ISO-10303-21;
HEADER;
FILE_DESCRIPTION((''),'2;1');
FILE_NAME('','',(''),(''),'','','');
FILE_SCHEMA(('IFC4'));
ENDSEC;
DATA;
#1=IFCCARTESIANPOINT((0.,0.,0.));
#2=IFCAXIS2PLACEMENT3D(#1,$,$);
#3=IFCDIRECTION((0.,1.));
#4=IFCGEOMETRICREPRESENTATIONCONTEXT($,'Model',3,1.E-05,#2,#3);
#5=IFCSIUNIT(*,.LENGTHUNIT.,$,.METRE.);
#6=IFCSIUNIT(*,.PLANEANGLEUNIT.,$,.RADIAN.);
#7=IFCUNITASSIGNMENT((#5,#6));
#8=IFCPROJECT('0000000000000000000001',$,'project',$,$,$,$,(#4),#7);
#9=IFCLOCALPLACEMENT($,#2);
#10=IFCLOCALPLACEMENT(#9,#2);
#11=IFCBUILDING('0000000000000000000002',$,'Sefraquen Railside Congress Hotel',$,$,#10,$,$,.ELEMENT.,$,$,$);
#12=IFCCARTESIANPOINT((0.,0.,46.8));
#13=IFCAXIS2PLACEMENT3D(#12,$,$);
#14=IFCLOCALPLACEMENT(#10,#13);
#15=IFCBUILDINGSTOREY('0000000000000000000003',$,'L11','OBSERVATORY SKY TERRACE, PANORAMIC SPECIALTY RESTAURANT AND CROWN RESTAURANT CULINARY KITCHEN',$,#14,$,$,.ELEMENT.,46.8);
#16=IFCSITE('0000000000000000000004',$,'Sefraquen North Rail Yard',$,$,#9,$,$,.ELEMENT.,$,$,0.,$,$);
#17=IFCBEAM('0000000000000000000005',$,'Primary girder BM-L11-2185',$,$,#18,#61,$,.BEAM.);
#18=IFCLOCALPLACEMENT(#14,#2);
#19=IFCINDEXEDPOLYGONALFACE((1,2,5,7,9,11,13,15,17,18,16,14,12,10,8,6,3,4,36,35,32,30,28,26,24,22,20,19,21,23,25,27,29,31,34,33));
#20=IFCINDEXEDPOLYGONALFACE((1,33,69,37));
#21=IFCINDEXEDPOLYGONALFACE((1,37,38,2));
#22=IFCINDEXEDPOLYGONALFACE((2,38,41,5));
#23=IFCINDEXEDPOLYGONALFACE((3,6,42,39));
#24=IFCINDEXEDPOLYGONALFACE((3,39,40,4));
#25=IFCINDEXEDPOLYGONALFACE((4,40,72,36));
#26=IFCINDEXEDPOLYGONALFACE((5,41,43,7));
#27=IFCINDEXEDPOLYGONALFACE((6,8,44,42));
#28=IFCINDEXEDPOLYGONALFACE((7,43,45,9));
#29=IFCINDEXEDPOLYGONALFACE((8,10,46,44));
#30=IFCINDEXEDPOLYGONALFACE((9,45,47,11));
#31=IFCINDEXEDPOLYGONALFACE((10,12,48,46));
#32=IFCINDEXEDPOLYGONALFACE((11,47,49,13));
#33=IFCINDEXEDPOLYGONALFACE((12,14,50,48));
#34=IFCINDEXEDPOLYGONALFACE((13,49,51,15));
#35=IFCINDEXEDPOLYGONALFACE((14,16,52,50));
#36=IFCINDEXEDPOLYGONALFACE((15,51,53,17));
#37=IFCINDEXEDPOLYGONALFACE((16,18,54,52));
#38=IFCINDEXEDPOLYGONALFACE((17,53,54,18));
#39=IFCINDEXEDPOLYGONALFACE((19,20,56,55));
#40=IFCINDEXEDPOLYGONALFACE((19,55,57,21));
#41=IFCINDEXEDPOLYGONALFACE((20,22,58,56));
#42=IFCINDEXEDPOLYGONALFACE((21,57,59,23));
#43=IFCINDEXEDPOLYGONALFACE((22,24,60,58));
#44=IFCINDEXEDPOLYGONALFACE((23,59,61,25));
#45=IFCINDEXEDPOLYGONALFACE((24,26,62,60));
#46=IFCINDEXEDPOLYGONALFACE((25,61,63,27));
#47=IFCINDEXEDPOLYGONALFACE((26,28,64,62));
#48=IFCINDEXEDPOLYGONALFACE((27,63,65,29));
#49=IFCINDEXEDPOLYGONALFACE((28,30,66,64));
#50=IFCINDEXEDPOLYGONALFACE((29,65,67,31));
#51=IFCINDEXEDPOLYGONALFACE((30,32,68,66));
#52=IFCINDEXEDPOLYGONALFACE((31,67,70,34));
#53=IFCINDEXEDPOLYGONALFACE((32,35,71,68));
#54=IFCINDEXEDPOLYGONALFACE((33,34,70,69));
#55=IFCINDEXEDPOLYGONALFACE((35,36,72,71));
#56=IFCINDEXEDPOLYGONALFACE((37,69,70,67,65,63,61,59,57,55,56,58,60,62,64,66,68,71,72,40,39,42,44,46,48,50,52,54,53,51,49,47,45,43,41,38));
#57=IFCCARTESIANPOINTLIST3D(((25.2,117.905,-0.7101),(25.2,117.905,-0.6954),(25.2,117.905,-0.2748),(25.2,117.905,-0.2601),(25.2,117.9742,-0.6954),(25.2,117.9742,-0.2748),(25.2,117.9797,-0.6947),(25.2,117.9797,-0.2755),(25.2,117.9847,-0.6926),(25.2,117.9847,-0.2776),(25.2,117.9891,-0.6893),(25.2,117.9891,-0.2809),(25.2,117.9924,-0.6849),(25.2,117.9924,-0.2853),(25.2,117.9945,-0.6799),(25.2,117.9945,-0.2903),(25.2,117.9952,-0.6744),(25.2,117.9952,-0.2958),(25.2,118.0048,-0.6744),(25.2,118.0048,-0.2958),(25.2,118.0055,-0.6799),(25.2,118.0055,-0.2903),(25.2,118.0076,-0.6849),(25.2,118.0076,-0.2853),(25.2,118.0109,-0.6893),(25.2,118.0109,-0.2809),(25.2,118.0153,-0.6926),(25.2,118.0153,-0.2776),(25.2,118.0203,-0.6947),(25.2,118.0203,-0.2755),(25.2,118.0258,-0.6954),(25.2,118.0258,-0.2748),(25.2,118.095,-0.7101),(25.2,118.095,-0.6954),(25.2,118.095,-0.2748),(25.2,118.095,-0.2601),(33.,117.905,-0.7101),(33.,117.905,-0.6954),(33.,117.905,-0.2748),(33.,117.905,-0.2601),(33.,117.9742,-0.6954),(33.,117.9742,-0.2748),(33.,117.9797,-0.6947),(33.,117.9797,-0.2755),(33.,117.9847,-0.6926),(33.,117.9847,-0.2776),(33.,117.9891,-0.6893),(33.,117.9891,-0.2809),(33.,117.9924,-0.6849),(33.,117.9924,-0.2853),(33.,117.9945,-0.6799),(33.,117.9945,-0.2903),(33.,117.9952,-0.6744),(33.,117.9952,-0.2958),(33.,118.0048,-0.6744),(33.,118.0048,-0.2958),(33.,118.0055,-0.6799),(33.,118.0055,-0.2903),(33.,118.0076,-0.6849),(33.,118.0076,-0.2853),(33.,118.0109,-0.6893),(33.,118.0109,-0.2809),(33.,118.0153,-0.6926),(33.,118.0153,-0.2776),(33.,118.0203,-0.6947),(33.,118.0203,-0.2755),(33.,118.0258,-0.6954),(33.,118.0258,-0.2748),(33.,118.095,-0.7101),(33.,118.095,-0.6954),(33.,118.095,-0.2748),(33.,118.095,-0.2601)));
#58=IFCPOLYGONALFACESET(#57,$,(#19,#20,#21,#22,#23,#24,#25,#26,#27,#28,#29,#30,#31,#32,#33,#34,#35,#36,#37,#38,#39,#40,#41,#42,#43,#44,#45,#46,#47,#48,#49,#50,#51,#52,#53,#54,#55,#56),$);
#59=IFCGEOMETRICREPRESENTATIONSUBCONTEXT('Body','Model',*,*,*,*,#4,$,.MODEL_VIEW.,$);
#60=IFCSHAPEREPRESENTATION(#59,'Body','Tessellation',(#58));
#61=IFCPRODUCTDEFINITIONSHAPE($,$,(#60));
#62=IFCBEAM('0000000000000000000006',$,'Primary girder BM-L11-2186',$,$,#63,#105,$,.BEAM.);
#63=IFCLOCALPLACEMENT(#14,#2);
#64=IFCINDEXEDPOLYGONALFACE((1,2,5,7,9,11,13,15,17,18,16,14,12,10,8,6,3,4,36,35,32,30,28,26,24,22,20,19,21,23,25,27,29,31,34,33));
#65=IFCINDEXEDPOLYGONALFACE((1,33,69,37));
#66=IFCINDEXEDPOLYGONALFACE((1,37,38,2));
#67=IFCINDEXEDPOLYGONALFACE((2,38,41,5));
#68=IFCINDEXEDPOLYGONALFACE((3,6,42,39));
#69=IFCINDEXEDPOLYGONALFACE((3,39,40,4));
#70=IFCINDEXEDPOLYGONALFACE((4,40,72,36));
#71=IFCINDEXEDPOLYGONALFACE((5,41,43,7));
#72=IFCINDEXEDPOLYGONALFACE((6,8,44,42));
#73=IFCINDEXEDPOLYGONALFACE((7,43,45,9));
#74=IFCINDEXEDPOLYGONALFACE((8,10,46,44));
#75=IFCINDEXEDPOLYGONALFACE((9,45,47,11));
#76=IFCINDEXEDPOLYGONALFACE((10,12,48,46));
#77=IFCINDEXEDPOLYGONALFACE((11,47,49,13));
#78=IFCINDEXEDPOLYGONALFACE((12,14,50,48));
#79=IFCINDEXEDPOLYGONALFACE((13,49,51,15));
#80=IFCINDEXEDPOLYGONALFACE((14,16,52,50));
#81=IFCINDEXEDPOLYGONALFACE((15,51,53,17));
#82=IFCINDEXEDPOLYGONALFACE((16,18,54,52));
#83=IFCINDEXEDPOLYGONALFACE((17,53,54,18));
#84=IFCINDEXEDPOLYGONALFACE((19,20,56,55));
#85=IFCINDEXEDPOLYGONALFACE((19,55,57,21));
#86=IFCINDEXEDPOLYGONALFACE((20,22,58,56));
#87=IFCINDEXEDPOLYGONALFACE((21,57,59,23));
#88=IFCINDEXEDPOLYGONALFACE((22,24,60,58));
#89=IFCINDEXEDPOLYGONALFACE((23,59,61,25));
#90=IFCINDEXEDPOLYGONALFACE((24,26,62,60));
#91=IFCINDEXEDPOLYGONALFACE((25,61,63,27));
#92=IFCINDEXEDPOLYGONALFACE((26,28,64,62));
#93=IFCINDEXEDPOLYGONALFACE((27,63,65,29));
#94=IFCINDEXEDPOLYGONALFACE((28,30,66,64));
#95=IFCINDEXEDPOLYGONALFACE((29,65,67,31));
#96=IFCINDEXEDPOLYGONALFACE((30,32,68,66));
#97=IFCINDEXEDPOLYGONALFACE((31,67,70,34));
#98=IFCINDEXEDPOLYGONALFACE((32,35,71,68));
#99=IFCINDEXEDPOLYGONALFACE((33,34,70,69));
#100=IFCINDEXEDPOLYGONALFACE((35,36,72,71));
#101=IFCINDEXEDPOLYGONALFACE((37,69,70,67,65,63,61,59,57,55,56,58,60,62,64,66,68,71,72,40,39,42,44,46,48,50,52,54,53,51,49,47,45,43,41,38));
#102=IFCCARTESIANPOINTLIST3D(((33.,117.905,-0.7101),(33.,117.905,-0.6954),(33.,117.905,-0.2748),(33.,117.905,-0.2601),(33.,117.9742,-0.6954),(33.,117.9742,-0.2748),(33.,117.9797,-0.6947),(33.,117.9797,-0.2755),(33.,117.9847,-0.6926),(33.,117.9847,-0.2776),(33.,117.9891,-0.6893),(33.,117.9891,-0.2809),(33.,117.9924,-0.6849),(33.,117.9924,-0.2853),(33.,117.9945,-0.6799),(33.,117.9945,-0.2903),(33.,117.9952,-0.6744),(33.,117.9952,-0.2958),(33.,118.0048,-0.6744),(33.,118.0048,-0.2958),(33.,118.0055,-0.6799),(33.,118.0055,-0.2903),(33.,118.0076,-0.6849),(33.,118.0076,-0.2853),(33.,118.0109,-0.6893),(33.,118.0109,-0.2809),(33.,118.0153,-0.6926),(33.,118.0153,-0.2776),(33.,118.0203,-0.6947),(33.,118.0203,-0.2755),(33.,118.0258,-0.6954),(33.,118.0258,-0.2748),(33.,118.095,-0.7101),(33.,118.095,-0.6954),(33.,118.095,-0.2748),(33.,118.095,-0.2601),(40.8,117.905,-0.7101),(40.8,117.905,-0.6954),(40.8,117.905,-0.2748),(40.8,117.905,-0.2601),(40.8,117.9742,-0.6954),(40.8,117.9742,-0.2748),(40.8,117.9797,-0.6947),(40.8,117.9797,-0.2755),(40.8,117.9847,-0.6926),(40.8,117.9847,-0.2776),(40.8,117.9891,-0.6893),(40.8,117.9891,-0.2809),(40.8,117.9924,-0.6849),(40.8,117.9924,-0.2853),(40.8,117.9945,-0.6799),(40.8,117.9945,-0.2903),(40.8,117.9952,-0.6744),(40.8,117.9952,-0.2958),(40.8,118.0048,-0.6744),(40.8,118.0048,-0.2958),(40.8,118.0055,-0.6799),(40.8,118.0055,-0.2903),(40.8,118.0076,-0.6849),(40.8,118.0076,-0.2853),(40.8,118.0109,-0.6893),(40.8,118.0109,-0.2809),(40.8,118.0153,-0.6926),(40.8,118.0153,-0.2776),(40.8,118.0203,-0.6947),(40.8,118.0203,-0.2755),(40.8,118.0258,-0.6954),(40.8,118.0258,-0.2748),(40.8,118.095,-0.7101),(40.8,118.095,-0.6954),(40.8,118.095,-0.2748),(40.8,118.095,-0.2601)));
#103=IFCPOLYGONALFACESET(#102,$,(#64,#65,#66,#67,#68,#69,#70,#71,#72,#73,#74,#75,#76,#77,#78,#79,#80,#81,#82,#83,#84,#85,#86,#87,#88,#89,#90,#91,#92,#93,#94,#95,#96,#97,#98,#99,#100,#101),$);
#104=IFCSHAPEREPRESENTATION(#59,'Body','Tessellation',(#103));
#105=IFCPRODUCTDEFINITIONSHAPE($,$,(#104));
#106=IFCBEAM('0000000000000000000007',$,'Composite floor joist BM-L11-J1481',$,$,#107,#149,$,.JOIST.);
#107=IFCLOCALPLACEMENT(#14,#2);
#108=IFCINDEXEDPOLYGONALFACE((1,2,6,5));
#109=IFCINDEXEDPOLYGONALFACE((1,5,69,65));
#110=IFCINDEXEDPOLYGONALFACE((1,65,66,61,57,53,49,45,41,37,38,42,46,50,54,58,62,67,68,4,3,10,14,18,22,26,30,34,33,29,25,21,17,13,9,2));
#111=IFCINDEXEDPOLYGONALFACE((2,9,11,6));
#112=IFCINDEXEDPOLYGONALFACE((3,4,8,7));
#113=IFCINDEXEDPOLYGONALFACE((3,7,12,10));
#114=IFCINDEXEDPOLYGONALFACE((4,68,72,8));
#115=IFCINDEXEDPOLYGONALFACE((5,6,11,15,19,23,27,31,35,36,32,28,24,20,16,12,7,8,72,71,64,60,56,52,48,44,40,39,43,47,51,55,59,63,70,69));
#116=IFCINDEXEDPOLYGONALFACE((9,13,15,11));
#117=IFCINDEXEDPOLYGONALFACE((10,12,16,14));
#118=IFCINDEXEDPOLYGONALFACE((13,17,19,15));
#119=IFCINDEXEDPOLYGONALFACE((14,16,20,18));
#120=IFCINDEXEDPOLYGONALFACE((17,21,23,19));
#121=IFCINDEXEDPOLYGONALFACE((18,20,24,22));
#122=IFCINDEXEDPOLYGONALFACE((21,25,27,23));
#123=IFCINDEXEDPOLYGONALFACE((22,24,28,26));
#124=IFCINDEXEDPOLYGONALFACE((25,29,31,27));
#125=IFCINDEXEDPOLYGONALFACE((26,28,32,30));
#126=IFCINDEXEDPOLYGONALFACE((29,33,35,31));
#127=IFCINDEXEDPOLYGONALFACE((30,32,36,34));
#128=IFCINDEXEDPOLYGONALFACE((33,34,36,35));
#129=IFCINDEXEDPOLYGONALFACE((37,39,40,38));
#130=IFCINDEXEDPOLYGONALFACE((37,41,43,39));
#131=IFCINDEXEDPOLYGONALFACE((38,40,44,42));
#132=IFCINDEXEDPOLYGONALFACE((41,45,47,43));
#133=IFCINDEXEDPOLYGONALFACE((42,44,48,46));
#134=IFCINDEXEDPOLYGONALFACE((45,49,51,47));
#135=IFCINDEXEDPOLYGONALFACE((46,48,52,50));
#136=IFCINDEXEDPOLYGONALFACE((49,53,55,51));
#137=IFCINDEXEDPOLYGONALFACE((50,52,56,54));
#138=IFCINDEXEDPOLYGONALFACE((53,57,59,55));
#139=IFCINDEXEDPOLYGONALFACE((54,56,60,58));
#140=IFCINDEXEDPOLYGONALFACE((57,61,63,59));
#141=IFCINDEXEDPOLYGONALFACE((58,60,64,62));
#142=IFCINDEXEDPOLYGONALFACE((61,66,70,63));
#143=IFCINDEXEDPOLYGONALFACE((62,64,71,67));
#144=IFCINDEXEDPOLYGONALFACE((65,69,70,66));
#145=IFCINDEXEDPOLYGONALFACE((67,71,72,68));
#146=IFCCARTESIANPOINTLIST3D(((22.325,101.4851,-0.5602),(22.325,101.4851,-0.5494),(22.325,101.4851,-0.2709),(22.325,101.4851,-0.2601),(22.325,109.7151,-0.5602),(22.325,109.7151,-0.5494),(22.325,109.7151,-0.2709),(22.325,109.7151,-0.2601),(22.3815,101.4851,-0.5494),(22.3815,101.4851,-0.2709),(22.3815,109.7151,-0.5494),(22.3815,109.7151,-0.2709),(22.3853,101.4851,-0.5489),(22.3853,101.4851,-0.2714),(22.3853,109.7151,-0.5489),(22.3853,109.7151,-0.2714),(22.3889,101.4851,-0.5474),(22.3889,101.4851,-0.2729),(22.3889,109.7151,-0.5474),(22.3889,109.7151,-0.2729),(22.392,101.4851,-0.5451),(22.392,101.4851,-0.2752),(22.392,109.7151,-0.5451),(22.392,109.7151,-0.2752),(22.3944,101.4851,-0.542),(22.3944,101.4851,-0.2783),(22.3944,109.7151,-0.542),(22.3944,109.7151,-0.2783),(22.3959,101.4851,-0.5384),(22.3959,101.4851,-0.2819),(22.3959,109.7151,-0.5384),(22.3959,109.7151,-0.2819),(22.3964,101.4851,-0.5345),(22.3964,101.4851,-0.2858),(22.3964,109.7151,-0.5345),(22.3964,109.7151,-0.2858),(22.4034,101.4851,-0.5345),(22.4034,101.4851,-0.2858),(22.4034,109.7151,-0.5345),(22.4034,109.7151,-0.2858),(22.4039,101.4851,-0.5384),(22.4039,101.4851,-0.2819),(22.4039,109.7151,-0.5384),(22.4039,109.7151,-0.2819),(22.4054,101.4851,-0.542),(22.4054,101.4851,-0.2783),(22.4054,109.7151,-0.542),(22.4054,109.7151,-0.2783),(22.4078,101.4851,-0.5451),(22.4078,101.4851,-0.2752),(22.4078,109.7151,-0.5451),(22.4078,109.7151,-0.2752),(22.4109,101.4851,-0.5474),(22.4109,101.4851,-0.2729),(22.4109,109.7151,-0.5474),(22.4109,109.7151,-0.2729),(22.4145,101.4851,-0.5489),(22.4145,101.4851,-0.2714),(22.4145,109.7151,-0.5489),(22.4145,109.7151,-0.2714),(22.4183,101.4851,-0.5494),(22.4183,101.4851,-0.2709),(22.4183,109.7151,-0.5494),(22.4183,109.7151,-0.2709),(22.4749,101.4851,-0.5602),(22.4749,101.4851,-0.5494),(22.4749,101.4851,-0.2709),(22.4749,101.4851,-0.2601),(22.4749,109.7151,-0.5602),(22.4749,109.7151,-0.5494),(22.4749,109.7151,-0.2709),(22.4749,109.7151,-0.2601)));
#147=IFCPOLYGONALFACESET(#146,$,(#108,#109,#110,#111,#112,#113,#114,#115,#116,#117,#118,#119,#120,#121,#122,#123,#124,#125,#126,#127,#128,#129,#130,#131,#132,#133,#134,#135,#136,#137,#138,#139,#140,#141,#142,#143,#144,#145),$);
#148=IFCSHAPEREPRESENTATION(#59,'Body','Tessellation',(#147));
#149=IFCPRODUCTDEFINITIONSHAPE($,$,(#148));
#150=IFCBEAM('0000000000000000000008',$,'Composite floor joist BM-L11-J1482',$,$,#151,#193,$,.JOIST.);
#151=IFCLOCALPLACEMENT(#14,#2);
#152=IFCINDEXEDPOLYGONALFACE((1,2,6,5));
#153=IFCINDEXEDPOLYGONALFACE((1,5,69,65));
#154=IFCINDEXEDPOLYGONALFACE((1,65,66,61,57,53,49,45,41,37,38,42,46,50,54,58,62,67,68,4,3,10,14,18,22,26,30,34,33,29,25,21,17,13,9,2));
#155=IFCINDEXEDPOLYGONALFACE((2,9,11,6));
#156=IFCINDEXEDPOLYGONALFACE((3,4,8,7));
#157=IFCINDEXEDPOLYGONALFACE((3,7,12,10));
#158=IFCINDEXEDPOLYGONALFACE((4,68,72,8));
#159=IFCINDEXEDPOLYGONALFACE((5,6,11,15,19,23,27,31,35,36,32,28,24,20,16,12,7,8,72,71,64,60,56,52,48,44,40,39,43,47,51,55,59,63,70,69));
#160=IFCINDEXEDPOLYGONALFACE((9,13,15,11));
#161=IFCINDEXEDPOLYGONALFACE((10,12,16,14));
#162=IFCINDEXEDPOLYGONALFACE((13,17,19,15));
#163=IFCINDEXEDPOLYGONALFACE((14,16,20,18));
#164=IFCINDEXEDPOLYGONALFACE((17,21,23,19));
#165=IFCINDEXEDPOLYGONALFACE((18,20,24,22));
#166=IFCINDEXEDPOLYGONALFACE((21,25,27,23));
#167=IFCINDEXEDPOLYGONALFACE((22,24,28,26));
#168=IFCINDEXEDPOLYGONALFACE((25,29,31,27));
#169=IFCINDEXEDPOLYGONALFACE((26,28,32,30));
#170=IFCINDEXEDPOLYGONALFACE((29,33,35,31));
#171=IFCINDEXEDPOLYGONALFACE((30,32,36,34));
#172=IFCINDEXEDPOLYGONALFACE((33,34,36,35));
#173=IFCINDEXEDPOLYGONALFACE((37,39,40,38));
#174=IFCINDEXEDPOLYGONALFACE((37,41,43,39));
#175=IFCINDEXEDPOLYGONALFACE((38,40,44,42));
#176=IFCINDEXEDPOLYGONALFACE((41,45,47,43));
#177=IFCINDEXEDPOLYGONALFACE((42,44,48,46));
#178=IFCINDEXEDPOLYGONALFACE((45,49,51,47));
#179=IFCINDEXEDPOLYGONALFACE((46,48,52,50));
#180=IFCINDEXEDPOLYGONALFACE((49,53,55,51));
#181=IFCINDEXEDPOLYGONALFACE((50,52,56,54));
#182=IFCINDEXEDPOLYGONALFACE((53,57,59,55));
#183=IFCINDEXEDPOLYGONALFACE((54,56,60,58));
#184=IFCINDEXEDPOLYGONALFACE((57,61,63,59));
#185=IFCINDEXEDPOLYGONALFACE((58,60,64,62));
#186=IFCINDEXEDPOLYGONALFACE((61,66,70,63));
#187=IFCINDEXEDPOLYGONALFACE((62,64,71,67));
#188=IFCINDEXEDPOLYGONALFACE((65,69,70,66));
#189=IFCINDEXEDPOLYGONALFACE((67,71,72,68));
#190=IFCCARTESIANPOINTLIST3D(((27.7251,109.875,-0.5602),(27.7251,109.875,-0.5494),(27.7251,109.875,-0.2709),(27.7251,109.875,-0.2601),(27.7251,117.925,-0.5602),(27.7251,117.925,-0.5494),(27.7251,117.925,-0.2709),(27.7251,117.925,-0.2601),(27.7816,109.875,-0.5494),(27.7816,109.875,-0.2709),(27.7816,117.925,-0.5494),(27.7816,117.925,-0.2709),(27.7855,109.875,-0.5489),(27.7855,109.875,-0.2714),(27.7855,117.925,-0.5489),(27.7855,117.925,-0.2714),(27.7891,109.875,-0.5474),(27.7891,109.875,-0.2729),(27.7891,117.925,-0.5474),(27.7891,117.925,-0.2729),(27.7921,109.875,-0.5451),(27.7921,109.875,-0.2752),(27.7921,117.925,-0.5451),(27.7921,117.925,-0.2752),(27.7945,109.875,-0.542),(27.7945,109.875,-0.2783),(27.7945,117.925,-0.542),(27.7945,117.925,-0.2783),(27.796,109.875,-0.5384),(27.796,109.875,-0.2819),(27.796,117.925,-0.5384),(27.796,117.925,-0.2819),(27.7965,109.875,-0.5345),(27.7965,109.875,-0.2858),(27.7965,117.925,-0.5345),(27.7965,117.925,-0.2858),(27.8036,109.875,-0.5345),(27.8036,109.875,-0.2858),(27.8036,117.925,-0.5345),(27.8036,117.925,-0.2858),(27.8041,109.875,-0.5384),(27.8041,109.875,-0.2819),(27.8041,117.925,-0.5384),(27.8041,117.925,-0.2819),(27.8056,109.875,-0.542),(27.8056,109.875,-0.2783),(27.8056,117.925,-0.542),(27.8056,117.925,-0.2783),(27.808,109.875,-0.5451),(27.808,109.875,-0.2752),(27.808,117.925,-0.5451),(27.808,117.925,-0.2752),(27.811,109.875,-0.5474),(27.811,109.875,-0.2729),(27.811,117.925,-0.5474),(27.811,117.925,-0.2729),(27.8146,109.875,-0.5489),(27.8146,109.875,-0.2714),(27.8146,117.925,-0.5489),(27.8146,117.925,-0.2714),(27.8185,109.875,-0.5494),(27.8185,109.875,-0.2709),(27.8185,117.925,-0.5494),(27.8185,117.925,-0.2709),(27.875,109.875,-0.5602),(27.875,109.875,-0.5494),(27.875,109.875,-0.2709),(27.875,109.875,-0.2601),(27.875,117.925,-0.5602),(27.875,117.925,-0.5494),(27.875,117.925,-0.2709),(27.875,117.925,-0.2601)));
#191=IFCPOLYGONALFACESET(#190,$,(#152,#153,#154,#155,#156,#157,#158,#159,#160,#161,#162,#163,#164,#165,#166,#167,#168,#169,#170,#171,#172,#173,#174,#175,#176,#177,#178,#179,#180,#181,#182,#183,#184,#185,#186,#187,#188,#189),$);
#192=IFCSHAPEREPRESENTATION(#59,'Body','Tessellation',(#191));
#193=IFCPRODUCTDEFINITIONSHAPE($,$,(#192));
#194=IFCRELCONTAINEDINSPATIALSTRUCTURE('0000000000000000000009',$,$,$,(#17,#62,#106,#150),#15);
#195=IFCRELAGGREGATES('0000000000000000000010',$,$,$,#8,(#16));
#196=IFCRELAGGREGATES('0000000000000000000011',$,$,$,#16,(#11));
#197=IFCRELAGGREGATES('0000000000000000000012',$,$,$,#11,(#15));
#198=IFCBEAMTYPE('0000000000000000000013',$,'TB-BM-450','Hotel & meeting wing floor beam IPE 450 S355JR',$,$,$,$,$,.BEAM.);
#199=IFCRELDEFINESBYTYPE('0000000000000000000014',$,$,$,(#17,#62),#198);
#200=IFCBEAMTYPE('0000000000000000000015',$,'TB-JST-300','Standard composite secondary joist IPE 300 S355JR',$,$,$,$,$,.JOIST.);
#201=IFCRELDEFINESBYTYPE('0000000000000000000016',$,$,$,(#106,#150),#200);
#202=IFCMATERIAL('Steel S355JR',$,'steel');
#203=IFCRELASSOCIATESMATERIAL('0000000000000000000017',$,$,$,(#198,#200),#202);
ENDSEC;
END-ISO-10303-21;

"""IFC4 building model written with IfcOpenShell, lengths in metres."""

from ifc_helpers import new_model, si_unit, direction, frame, origin, origin_2d, place, context, subcontext, project, spatial, i_section, extrude, material, material_profile, profile_set, type_object, element, save


model = new_model("IFC4")

# Units and contexts
model_context = context("Model", 3, precision=1e-05, world=origin(), true_north=direction((0.0, 1.0)))
body_context = subcontext(model_context, "Body", "Model", "MODEL_VIEW")
ifc_project = project(units=[si_unit("LENGTHUNIT", "METRE"), si_unit("PLANEANGLEUNIT", "RADIAN")], contexts=[model_context])

# Site, building, storey
site_placement = place(None, origin())
site = spatial("IfcSite", under=ifc_project, at=site_placement, Name="Sefraquen North Rail Yard", CompositionType="ELEMENT", RefElevation=0.0)
building_placement = place(site_placement, origin())
building = spatial("IfcBuilding", under=site, at=building_placement, Name="Sefraquen Railside Congress Hotel", CompositionType="ELEMENT")
storey_placement = place(building_placement, frame((0.0, 0.0, 46.8)))
storey = spatial("IfcBuildingStorey", under=building, at=storey_placement, Name="L11", Description="OBSERVATORY SKY TERRACE, PANORAMIC SPECIALTY RESTAURANT AND CROWN RESTAURANT CULINARY KITCHEN", CompositionType="ELEMENT", Elevation=46.8)

# Shared definitions
ifc_material_1 = material(Name="Steel S355JR", Category="steel")

# Beams
ifc_material_profile_1 = material_profile(ifc_material_1, i_section(OverallWidth=0.1899, OverallDepth=0.45, WebThickness=0.0095, FlangeThickness=0.0146, FilletRadius=0.021, at=origin_2d()), Name="IPE 450")
ifc_profile_set_1 = profile_set([ifc_material_profile_1], Name="Steel S355JR")
beam_type_1 = type_object("IfcBeamType", Name="TB-BM-450", Description="Hotel & meeting wing floor beam IPE 450 S355JR", PredefinedType="BEAM", material=ifc_profile_set_1)
for number, where, z_axis, x_axis, name in (
    (1, (25.2, 118.0, -0.4851), (1.0, 0.0, 0.0), (0.0, 1.0, 0.0), "Primary girder BM-L11-2185"),
    (2, (33.0, 118.0, -0.4851), (1.0, 0.0, 0.0), (0.0, 1.0, 0.0), "Primary girder BM-L11-2186"),
):
    element("IfcBeam", number, at=place(storey_placement, frame(where, z_axis=z_axis, x_axis=x_axis)), inside=storey, type_object=beam_type_1, Name=name, PredefinedType="BEAM", context=body_context, shape_type="SweptSolid", body=[
        extrude(i_section(OverallWidth=0.1899, OverallDepth=0.45, WebThickness=0.0095, FlangeThickness=0.0146, FilletRadius=0.021, at=origin_2d()), origin(), (0.0, 0.0, 1.0), 7.8),
    ])
ifc_material_profile_2 = material_profile(ifc_material_1, i_section(OverallWidth=0.1499, OverallDepth=0.3, WebThickness=0.0071, FlangeThickness=0.0107, FilletRadius=0.0149, at=origin_2d()), Name="IPE 300")
ifc_profile_set_2 = profile_set([ifc_material_profile_2], Name="Steel S355JR")
beam_type_2 = type_object("IfcBeamType", Name="TB-JST-300", Description="Standard composite secondary joist IPE 300 S355JR", PredefinedType="JOIST", material=ifc_profile_set_2)
beam_placement = place(storey_placement, frame((22.3999, 101.4851, -0.4102), z_axis=(0.0, 1.0, 0.0), x_axis=(-1.0, 0.0, 0.0)))
element("IfcBeam", 3, at=beam_placement, inside=storey, type_object=beam_type_2, Name="Composite floor joist BM-L11-J1481", PredefinedType="JOIST", context=body_context, shape_type="SweptSolid", body=[
    extrude(i_section(OverallWidth=0.1499, OverallDepth=0.3, WebThickness=0.0071, FlangeThickness=0.0107, FilletRadius=0.0149, at=origin_2d()), origin(), (0.0, 0.0, 1.0), 8.23),
])
for number, where, z_axis, x_axis, name in (
    (4, (27.8, 109.875, -0.4102), (0.0, 1.0, 0.0), (-1.0, 0.0, 0.0), "Composite floor joist BM-L11-J1482"),
):
    element("IfcBeam", number, at=place(storey_placement, frame(where, z_axis=z_axis, x_axis=x_axis)), inside=storey, type_object=beam_type_2, Name=name, PredefinedType="JOIST", context=body_context, shape_type="SweptSolid", body=[
        extrude(i_section(OverallWidth=0.1499, OverallDepth=0.3, WebThickness=0.0071, FlangeThickness=0.0107, FilletRadius=0.0149, at=origin_2d()), origin(), (0.0, 0.0, 1.0), 8.05),
    ])

save(model, "model.ifc")
